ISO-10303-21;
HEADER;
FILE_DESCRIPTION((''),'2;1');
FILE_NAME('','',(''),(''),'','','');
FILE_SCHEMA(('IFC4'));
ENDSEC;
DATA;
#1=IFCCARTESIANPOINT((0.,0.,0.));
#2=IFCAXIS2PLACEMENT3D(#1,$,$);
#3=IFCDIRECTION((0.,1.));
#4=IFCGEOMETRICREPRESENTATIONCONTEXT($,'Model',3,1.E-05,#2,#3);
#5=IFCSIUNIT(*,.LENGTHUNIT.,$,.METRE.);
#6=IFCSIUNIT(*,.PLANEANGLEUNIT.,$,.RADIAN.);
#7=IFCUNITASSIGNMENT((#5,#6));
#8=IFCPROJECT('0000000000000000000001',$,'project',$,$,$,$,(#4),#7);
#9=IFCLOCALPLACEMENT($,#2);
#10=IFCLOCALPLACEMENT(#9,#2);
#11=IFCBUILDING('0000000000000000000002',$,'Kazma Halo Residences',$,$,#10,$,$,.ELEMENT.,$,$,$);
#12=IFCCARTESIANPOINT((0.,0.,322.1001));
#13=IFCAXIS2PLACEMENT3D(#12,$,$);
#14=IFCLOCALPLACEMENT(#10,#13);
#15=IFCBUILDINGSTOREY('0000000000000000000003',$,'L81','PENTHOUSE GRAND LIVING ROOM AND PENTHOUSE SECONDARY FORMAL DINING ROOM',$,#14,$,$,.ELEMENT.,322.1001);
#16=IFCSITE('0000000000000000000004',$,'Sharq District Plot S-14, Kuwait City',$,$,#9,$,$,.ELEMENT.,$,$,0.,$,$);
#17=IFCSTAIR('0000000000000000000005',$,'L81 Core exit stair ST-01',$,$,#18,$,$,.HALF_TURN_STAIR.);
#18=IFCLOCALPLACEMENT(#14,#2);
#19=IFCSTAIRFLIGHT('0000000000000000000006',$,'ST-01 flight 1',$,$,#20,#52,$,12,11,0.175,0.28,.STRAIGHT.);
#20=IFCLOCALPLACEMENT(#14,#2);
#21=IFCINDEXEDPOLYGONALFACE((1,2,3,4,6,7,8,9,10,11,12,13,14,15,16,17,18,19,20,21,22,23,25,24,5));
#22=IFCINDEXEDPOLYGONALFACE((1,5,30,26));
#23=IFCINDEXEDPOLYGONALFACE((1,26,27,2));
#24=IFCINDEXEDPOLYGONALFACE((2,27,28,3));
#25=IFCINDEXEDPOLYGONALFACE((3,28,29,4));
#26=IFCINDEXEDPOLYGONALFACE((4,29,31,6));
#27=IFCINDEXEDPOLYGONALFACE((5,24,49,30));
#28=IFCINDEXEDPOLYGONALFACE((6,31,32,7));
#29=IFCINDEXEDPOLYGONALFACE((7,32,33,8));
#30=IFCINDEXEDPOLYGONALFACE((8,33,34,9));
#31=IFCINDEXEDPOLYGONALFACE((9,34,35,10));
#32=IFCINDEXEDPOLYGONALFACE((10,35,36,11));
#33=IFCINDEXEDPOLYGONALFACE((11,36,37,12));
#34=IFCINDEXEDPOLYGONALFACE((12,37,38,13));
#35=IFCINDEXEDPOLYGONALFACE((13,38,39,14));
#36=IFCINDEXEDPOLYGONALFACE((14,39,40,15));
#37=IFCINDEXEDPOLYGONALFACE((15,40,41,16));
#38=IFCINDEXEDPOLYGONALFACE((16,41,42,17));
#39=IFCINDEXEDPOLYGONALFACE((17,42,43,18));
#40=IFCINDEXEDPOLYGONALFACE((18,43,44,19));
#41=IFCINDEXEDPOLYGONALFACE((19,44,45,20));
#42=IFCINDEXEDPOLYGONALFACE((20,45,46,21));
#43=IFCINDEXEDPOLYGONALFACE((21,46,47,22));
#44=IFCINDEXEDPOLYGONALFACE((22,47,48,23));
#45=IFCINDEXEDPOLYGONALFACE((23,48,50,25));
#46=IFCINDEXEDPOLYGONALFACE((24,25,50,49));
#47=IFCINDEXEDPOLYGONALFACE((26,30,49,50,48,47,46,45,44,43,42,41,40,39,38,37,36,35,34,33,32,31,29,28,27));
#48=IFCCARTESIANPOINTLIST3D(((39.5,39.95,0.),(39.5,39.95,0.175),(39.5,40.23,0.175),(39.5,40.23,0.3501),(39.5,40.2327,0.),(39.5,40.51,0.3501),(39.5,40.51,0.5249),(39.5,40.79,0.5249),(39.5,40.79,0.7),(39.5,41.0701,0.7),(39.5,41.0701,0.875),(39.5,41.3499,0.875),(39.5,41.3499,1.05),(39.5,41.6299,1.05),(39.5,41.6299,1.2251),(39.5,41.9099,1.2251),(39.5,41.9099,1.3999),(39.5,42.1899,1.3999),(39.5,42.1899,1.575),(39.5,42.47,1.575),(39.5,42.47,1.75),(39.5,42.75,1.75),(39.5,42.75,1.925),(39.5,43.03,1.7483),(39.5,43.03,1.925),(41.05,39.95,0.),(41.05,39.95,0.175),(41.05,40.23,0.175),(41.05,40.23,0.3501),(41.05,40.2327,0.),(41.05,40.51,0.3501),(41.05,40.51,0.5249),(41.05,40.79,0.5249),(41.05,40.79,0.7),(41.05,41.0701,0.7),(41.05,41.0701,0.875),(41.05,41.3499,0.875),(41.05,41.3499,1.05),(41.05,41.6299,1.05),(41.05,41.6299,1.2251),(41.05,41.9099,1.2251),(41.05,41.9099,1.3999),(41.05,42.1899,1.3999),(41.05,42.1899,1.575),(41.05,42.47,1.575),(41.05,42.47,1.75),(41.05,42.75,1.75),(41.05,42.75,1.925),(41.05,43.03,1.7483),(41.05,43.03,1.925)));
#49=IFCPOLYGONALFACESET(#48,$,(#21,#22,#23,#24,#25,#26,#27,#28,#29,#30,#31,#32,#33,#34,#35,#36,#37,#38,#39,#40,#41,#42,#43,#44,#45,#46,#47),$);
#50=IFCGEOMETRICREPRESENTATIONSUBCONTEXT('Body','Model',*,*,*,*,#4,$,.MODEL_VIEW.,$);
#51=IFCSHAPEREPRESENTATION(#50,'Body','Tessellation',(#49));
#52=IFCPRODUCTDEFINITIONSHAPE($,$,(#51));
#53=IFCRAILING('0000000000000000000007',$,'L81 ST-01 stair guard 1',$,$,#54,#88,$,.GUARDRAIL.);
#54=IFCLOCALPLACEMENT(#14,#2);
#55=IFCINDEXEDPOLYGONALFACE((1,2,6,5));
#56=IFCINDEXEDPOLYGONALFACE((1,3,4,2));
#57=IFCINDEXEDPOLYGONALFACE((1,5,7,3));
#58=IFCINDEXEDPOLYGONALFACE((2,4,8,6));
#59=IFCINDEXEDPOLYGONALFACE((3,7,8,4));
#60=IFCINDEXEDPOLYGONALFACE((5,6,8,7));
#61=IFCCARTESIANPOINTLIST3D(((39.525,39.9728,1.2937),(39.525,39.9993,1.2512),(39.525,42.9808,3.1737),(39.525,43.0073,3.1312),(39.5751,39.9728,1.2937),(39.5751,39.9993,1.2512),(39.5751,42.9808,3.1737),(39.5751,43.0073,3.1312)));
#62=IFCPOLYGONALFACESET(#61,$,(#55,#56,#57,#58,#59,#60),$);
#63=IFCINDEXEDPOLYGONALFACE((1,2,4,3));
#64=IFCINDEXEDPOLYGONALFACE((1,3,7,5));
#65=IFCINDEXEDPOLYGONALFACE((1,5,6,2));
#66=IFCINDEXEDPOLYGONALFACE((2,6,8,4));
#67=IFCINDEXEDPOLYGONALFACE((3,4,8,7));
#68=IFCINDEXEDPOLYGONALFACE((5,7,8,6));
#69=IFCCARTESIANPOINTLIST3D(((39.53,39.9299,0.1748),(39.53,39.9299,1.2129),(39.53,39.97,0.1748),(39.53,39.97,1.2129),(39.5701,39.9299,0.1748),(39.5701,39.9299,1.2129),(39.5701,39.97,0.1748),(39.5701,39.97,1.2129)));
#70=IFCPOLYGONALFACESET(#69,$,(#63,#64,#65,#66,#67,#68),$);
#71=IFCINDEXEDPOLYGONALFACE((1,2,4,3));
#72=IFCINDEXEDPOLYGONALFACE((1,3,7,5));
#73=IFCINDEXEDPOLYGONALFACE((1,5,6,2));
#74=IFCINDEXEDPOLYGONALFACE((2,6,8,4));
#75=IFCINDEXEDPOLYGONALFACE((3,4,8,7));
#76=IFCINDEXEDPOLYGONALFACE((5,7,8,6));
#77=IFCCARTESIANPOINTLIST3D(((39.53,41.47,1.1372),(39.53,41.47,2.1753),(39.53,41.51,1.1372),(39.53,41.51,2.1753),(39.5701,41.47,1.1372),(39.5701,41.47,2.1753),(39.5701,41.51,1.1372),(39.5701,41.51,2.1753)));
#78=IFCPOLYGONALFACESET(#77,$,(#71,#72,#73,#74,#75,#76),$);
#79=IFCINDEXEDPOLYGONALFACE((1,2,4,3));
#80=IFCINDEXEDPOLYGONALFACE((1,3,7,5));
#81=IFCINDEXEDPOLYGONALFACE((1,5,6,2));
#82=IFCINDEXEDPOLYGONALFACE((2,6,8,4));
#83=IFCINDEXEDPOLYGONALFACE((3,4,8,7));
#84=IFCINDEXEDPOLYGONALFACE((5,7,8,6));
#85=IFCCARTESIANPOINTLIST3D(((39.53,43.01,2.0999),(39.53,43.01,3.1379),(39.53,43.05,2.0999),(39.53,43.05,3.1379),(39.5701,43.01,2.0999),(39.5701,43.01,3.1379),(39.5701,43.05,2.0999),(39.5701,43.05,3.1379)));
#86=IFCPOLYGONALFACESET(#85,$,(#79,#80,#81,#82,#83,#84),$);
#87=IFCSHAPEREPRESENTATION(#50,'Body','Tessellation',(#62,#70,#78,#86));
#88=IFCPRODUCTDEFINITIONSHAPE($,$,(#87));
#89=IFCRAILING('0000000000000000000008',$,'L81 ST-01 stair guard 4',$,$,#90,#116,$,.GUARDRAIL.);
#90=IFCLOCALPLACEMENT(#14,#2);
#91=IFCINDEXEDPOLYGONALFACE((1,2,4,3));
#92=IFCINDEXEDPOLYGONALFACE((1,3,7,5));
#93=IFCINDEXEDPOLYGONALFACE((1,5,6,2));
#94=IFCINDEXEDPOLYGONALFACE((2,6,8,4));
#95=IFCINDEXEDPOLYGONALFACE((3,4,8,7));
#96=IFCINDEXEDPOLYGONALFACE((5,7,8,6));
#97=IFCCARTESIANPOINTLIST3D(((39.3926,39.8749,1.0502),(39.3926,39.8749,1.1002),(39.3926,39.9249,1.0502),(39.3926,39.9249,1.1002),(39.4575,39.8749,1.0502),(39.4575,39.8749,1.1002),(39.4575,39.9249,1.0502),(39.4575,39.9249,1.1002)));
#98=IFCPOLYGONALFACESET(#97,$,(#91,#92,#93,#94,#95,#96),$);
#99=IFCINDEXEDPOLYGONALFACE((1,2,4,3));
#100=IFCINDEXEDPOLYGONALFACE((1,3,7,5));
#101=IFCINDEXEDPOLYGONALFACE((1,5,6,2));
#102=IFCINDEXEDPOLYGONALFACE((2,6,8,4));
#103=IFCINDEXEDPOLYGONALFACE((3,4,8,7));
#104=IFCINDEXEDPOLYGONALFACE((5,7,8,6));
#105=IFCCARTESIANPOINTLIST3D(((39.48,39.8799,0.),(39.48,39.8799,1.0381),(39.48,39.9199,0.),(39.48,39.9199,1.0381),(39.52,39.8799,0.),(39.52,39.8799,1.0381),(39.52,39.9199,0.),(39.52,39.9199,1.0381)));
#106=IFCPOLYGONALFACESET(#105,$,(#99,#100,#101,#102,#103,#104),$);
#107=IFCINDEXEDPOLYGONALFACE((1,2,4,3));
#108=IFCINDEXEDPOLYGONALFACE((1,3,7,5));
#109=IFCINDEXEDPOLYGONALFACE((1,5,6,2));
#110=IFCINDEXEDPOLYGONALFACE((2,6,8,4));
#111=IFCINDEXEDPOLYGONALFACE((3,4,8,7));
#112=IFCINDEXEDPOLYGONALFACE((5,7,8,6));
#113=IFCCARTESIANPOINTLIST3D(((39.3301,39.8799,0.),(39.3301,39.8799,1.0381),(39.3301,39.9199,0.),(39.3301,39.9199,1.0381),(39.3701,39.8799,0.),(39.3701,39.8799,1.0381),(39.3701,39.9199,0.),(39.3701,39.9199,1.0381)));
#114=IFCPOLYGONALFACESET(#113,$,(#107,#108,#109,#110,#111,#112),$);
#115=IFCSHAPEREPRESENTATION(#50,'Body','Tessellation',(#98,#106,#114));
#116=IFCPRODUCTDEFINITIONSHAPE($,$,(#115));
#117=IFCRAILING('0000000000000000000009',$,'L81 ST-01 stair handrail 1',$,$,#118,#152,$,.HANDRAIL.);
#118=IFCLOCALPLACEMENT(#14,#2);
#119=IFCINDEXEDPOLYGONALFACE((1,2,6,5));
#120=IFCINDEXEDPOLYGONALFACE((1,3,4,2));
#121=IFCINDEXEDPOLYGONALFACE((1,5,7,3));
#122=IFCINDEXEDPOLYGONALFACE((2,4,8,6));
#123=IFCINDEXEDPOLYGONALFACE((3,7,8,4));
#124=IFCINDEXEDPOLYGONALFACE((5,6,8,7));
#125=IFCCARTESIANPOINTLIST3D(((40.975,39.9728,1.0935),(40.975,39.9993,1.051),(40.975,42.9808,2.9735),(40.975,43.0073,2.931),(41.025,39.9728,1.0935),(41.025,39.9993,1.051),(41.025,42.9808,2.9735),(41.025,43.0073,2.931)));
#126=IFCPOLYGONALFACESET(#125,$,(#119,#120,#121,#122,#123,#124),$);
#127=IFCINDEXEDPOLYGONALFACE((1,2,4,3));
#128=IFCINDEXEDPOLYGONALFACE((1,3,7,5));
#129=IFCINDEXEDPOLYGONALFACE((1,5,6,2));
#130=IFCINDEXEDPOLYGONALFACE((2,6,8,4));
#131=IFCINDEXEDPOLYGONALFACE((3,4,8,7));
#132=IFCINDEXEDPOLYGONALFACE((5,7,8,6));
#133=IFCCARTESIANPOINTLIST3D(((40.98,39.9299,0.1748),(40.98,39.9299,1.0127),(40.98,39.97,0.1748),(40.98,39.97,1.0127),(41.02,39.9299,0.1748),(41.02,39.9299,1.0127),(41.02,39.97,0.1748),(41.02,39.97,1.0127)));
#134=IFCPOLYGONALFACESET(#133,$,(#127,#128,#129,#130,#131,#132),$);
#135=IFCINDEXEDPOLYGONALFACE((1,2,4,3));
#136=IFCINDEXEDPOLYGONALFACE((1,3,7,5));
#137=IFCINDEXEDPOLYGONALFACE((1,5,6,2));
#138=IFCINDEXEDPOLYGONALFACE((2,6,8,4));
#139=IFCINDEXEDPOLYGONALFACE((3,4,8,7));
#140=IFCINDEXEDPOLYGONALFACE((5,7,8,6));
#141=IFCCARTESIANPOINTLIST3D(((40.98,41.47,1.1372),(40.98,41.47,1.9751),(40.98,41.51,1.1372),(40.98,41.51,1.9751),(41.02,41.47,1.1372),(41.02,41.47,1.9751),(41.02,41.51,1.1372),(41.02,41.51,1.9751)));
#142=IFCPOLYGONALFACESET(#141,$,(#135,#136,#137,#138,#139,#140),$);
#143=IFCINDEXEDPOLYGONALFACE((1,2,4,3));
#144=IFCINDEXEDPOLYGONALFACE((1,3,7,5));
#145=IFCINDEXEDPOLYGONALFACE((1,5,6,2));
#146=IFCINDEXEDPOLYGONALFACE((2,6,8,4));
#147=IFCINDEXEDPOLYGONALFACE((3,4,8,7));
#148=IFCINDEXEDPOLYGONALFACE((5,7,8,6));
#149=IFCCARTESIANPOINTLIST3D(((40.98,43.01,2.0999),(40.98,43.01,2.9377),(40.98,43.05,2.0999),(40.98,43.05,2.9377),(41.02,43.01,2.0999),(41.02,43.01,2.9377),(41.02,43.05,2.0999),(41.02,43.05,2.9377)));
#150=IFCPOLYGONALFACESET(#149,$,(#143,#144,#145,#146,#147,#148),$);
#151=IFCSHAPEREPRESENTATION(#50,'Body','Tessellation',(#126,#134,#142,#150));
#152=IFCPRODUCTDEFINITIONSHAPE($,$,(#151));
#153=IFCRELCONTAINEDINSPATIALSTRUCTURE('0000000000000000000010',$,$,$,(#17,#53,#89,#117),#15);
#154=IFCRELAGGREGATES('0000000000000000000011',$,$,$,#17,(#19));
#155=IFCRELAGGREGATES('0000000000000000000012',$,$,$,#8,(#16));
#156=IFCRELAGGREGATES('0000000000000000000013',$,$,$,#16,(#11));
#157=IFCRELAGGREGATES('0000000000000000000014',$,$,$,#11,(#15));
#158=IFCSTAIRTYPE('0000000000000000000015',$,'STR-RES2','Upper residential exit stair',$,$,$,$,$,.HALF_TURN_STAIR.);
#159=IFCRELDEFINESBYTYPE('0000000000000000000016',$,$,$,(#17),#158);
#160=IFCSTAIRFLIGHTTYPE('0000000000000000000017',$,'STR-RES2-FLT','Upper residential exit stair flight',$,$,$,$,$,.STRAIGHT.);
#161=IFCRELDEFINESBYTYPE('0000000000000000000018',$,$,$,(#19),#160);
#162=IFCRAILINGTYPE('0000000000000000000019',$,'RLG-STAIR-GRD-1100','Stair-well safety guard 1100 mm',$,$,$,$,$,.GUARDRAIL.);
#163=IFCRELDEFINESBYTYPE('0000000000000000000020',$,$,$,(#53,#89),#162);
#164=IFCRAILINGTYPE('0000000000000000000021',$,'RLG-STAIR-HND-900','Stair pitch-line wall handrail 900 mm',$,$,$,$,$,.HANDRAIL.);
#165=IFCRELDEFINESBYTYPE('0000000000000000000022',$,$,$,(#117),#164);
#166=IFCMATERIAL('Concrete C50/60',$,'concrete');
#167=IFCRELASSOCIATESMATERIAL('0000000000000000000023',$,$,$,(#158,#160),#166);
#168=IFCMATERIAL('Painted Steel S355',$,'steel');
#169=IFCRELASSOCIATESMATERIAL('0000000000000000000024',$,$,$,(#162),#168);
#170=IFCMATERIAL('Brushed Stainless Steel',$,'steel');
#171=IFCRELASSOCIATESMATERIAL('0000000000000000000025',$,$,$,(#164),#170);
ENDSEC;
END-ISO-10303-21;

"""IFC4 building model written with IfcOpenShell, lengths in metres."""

from ifc_helpers import new_model, si_unit, direction, frame, origin, origin_2d, place, context, subcontext, project, spatial, polyline, rectangle, outline, extrude, material, type_object, element, aggregate, save


model = new_model("IFC4")

# Units and contexts
model_context = context("Model", 3, precision=1e-05, world=origin(), true_north=direction((0.0, 1.0)))
body_context = subcontext(model_context, "Body", "Model", "MODEL_VIEW")
ifc_project = project(units=[si_unit("LENGTHUNIT", "METRE"), si_unit("PLANEANGLEUNIT", "RADIAN")], contexts=[model_context])

# Site, building, storey
site_placement = place(None, origin())
site = spatial("IfcSite", under=ifc_project, at=site_placement, Name="Sharq District Plot S-14, Kuwait City", CompositionType="ELEMENT", RefElevation=0.0)
building_placement = place(site_placement, origin())
building = spatial("IfcBuilding", under=site, at=building_placement, Name="Kazma Halo Residences", CompositionType="ELEMENT")
storey_placement = place(building_placement, frame((0.0, 0.0, 322.1001)))
storey = spatial("IfcBuildingStorey", under=building, at=storey_placement, Name="L81", Description="PENTHOUSE GRAND LIVING ROOM AND PENTHOUSE SECONDARY FORMAL DINING ROOM", CompositionType="ELEMENT", Elevation=322.1001)

# Shared definitions
ifc_material_1 = material(Name="Concrete C50/60", Category="concrete")

# Stair, stair flight
stair_type = type_object("IfcStairType", Name="STR-RES2", Description="Upper residential exit stair", PredefinedType="HALF_TURN_STAIR", material=ifc_material_1)
stair_placement = place(storey_placement, origin())
stair = element("IfcStair", 1, at=stair_placement, inside=storey, type_object=stair_type, Name="L81 Core exit stair ST-01", PredefinedType="HALF_TURN_STAIR")
stair_flight_type = type_object("IfcStairFlightType", Name="STR-RES2-FLT", Description="Upper residential exit stair flight", PredefinedType="STRAIGHT", material=ifc_material_1)
stair_flight_placement = place(storey_placement, frame((40.2749, 39.95, 0.0), z_axis=(0.0, 0.0, 1.0), x_axis=(0.0, 1.0, 0.0)))
stair_flight = element("IfcStairFlight", 2, at=stair_flight_placement, type_object=stair_flight_type, Name="ST-01 flight 1", NumberOfRisers=12, NumberOfTreads=11, PredefinedType="STRAIGHT", RiserHeight=0.175, TreadLength=0.28, context=body_context, shape_type="SweptSolid", body=[
    extrude(outline(polyline([(0.0, 0.0), (0.0, 0.175), (0.28, 0.175), (0.28, 0.3501), (0.5601, 0.3501), (0.5601, 0.5249), (0.8401, 0.5249), (0.8401, 0.7), (1.1201, 0.7), (1.1201, 0.875), (1.3999, 0.875), (1.3999, 1.05), (1.6799, 1.05), (1.6799, 1.2251), (1.96, 1.2251), (1.96, 1.3999), (2.24, 1.3999), (2.24, 1.575), (2.52, 1.575), (2.52, 1.75), (2.8, 1.75), (2.8, 1.925), (3.0801, 1.925), (3.0801, 2.1001), (3.0801, 1.7483), (0.2827, 0.0), (0.0, 0.0)])), frame((0.0, 0.7749, 0.0), z_axis=(0.0, -1.0, 0.0), x_axis=(1.0, 0.0, 0.0)), (0.0, 0.0, 1.0), 1.55),
])
aggregate(stair, [stair_flight])

# Railings
ifc_material_2 = material(Name="Painted Steel S355", Category="steel")
railing_type_1 = type_object("IfcRailingType", Name="RLG-STAIR-GRD-1100", Description="Stair-well safety guard 1100 mm", PredefinedType="GUARDRAIL", material=ifc_material_2)
railing_1_placement = place(storey_placement, frame((39.55, 39.95, 0.1748)))
element("IfcRailing", 3, at=railing_1_placement, inside=storey, type_object=railing_type_1, Name="L81 ST-01 stair guard 1", PredefinedType="GUARDRAIL", context=body_context, shape_type="SweptSolid", body=[
    extrude(rectangle(XDim=0.05, YDim=0.05, at=origin_2d()), frame((0.0, 0.0361, 1.0977), z_axis=(0.0, 0.847998, 0.529999), x_axis=(-1.0, 0.0, 0.0)), (0.0, 0.0, 1.0), 3.5471),
    extrude(rectangle(XDim=0.04, YDim=0.04, at=origin_2d()), origin(), (0.0, 0.0, 1.0), 1.0381),
    extrude(rectangle(XDim=0.04, YDim=0.04, at=origin_2d()), frame((0.0, 1.54, 0.9624)), (0.0, 0.0, 1.0), 1.0381),
    extrude(rectangle(XDim=0.04, YDim=0.04, at=origin_2d()), frame((0.0, 3.0801, 1.925)), (0.0, 0.0, 1.0), 1.0381),
])
railing_2_placement = place(storey_placement, frame((39.5, 39.8999, 0.0)))
element("IfcRailing", 4, at=railing_2_placement, inside=storey, type_object=railing_type_1, Name="L81 ST-01 stair guard 4", PredefinedType="GUARDRAIL", context=body_context, shape_type="SweptSolid", body=[
    extrude(rectangle(XDim=0.05, YDim=0.05, at=origin_2d()), frame((-0.0425, 0.0, 1.0752), z_axis=(-1.0, 0.0, 0.0), x_axis=(0.0, -1.0, 0.0)), (0.0, 0.0, 1.0), 0.0649),
    extrude(rectangle(XDim=0.04, YDim=0.04, at=origin_2d()), origin(), (0.0, 0.0, 1.0), 1.0381),
    extrude(rectangle(XDim=0.04, YDim=0.04, at=origin_2d()), frame((-0.1499, 0.0, 0.0)), (0.0, 0.0, 1.0), 1.0381),
])
ifc_material_3 = material(Name="Brushed Stainless Steel", Category="steel")
railing_type_2 = type_object("IfcRailingType", Name="RLG-STAIR-HND-900", Description="Stair pitch-line wall handrail 900 mm", PredefinedType="HANDRAIL", material=ifc_material_3)
railing_3_placement = place(storey_placement, frame((41.0, 39.95, 0.1748)))
element("IfcRailing", 5, at=railing_3_placement, inside=storey, type_object=railing_type_2, Name="L81 ST-01 stair handrail 1", PredefinedType="HANDRAIL", context=body_context, shape_type="SweptSolid", body=[
    extrude(rectangle(XDim=0.05, YDim=0.05, at=origin_2d()), frame((0.0, 0.0361, 0.8975), z_axis=(0.0, 0.847998, 0.529999), x_axis=(-1.0, 0.0, 0.0)), (0.0, 0.0, 1.0), 3.5471),
    extrude(rectangle(XDim=0.04, YDim=0.04, at=origin_2d()), origin(), (0.0, 0.0, 1.0), 0.8379),
    extrude(rectangle(XDim=0.04, YDim=0.04, at=origin_2d()), frame((0.0, 1.54, 0.9624)), (0.0, 0.0, 1.0), 0.8379),
    extrude(rectangle(XDim=0.04, YDim=0.04, at=origin_2d()), frame((0.0, 3.0801, 1.925)), (0.0, 0.0, 1.0), 0.8379),
])

save(model, "model.ifc")
